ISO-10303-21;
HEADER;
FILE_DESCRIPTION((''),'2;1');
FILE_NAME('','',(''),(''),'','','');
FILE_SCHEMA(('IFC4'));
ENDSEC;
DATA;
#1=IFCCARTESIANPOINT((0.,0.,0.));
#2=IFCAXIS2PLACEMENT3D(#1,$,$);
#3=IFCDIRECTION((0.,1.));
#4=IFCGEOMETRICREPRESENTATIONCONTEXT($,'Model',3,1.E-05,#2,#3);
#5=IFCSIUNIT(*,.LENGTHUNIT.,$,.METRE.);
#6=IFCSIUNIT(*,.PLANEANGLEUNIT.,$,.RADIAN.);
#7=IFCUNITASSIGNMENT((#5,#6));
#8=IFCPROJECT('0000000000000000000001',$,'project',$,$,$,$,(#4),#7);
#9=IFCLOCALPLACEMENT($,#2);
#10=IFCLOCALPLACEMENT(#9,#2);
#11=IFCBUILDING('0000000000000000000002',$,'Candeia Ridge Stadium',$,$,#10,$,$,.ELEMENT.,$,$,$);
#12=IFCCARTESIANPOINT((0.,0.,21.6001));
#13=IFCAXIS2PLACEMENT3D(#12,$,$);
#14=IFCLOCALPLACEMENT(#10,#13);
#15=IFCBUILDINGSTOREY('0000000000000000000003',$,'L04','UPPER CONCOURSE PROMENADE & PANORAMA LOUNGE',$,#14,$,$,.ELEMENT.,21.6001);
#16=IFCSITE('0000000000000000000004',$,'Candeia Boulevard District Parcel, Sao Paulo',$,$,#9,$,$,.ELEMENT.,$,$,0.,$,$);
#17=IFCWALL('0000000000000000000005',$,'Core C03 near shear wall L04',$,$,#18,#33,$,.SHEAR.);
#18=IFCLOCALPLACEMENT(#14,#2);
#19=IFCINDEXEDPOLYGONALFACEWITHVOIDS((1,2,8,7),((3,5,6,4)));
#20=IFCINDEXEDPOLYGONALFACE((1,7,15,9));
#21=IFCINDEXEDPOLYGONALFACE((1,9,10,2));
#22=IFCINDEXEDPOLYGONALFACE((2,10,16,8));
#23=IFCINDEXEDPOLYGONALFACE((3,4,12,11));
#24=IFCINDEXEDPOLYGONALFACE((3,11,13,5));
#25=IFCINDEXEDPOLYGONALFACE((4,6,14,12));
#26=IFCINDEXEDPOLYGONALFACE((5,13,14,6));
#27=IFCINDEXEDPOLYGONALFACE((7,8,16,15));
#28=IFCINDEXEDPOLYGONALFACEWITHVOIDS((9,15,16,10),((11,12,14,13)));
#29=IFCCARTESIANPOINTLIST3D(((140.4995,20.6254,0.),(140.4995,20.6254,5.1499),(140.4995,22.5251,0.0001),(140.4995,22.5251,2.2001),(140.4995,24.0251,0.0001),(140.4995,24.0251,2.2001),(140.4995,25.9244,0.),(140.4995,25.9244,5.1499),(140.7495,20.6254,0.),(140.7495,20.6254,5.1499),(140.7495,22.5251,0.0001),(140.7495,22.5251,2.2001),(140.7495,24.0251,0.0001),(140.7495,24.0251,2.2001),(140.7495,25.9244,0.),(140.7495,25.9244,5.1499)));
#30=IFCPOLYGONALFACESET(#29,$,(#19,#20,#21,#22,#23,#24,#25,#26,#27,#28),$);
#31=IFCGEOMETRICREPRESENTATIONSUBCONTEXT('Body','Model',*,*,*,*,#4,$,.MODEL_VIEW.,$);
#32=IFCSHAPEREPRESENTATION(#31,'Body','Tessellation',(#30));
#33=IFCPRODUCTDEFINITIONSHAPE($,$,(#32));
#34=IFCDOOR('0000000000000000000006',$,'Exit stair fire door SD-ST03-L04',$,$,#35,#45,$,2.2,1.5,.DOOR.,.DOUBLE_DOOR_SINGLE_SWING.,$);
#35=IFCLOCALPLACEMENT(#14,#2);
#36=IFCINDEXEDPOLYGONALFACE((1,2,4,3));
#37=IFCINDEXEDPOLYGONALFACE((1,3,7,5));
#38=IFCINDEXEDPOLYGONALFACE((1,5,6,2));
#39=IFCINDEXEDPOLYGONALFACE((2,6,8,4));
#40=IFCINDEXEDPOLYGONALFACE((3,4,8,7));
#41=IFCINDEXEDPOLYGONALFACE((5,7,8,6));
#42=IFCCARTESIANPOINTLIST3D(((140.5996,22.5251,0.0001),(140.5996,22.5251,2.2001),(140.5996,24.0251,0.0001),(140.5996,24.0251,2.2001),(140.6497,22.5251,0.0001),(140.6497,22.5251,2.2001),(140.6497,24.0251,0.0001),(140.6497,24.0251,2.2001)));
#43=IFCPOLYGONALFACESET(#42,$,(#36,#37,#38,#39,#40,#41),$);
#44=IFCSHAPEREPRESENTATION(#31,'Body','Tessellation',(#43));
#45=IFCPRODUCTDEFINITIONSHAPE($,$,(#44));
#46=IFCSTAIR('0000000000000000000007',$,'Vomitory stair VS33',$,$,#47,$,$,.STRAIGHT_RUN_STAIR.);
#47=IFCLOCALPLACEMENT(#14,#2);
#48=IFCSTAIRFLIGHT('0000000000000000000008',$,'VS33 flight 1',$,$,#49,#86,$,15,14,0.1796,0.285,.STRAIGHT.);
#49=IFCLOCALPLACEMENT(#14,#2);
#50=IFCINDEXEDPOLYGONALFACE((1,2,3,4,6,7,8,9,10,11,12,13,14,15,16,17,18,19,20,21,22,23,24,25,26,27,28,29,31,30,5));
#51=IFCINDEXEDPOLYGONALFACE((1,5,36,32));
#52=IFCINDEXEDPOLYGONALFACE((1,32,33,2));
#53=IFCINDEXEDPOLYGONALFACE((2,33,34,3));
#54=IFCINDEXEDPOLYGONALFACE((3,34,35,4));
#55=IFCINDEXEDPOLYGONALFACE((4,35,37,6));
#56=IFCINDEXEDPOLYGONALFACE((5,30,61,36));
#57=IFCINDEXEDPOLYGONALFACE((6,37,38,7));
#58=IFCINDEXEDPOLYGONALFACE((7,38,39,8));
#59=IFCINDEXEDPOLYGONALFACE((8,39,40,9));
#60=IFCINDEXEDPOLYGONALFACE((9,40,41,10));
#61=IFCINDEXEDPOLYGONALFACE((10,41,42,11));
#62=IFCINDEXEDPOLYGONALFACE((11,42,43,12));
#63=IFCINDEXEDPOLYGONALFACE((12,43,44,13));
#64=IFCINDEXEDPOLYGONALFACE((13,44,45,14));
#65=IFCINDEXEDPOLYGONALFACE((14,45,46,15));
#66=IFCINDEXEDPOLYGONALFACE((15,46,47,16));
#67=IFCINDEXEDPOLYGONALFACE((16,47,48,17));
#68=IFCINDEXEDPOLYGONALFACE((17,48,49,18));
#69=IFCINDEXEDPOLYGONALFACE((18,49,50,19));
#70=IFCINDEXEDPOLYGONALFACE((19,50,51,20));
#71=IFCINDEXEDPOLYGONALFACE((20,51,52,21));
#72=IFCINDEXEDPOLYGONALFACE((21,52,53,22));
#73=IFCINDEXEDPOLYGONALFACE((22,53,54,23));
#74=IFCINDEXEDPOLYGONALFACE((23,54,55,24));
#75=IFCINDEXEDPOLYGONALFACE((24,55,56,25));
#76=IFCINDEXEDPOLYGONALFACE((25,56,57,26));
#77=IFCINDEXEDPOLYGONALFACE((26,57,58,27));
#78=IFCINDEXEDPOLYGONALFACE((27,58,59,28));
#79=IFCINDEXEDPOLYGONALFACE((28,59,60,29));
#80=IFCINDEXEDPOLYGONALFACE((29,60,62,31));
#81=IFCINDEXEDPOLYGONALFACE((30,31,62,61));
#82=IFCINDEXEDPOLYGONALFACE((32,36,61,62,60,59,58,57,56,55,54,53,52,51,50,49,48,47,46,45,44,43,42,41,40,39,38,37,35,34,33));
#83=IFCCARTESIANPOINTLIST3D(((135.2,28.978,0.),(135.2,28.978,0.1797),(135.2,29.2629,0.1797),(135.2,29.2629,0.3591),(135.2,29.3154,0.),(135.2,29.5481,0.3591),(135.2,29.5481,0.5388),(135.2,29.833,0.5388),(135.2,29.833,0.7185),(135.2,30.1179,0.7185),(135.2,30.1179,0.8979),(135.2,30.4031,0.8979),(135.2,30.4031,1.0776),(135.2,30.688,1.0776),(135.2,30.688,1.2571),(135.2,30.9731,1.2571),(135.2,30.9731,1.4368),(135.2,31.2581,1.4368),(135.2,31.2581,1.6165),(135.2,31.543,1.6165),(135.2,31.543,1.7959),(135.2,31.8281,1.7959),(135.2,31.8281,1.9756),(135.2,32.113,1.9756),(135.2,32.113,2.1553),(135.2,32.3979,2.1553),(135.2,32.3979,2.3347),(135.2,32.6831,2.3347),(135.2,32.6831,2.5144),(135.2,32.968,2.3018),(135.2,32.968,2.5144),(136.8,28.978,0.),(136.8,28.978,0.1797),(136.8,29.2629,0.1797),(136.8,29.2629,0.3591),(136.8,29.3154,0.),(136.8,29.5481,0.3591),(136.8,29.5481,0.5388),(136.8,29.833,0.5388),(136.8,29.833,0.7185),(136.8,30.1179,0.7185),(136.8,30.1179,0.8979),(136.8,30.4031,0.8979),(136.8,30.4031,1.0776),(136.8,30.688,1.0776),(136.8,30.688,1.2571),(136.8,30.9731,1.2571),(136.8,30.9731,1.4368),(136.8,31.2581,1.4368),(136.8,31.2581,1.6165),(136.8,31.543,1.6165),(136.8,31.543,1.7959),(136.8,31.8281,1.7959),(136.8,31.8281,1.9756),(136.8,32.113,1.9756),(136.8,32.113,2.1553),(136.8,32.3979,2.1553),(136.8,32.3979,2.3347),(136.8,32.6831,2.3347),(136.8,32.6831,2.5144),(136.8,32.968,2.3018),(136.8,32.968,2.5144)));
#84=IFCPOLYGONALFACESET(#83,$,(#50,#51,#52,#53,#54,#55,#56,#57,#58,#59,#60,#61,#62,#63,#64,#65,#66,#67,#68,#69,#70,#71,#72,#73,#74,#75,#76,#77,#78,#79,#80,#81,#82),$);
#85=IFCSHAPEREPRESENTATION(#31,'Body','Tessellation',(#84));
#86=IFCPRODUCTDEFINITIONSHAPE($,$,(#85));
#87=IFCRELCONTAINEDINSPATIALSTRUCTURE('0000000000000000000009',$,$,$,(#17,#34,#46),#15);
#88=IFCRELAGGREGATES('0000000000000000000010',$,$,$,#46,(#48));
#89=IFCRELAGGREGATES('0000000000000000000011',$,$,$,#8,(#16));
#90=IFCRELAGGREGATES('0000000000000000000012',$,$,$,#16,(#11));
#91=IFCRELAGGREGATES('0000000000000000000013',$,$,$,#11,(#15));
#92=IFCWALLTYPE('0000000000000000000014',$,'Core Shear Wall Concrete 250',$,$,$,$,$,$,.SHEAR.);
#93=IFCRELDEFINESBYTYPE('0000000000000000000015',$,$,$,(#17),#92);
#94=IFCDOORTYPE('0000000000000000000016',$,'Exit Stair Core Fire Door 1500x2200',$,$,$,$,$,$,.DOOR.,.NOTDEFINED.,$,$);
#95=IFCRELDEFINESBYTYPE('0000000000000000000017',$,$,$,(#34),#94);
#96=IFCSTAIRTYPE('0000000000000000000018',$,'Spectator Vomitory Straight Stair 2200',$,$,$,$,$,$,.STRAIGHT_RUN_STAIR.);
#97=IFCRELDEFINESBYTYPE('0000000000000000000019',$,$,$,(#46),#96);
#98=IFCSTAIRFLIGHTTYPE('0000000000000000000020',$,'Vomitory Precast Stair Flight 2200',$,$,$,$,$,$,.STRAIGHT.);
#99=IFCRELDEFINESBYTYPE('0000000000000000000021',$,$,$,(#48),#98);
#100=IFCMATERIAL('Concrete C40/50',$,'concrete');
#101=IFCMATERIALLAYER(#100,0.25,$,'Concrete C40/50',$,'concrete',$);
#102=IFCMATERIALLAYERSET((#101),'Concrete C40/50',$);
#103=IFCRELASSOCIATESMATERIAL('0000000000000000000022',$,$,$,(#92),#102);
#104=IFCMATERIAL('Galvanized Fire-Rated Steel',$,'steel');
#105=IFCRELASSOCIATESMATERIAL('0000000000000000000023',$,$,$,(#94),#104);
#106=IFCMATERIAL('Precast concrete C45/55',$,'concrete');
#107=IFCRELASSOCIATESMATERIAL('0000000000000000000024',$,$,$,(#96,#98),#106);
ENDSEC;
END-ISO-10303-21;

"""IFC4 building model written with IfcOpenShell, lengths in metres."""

from ifc_helpers import new_model, si_unit, direction, frame, frame_2d, origin, place, context, subcontext, project, spatial, polyline, rectangle, outline, extrude, material, layer, layer_set, type_object, element, fill, aggregate, save


model = new_model("IFC4")

# Units and contexts
model_context = context("Model", 3, precision=1e-05, world=origin(), true_north=direction((0.0, 1.0)))
body_context = subcontext(model_context, "Body", "Model", "MODEL_VIEW")
ifc_project = project(units=[si_unit("LENGTHUNIT", "METRE"), si_unit("PLANEANGLEUNIT", "RADIAN")], contexts=[model_context])

# Site, building, storey
site_placement = place(None, origin())
site = spatial("IfcSite", under=ifc_project, at=site_placement, Name="Candeia Boulevard District Parcel, Sao Paulo", CompositionType="ELEMENT", RefElevation=0.0)
building_placement = place(site_placement, origin())
building = spatial("IfcBuilding", under=site, at=building_placement, Name="Candeia Ridge Stadium", CompositionType="ELEMENT")
storey_placement = place(building_placement, frame((0.0, 0.0, 21.6001)))
storey = spatial("IfcBuildingStorey", under=building, at=storey_placement, Name="L04", Description="UPPER CONCOURSE PROMENADE & PANORAMA LOUNGE", CompositionType="ELEMENT", Elevation=21.6001)

# Shared definitions
ifc_material_1 = material(Name="Concrete C40/50", Category="concrete")

# Shared definitions
ifc_material_2 = material(Name="Precast concrete C45/55", Category="concrete")

# Shared definitions
ifc_layer_1 = layer(ifc_material_1, 0.25, Name="Concrete C40/50", Category="concrete")
ifc_layer_set_1 = layer_set([ifc_layer_1], Name="Concrete C40/50")
wall_type = type_object("IfcWallType", Name="Core Shear Wall Concrete 250", PredefinedType="SHEAR", material=ifc_layer_set_1)

# Wall, opening, door
wall_1_placement = place(storey_placement, frame((140.6245, 20.6255, 0.0), z_axis=(0.0, 0.0, 1.0), x_axis=(0.0, 1.0, 0.0)))
wall_1 = element("IfcWall", 1, at=wall_1_placement, inside=storey, type_object=wall_type, Name="Core C03 near shear wall L04", PredefinedType="SHEAR", context=body_context, shape_type="SweptSolid", body=[
    extrude(rectangle(XDim=5.2991, YDim=0.25, at=frame_2d((2.6494, 0.0))), origin(), (0.0, 0.0, 1.0), 5.1499),
])
opening_placement = place(wall_1_placement, frame((1.8997, 0.0, 0.0)))
opening = element("IfcOpeningElement", 2, at=opening_placement, cuts=wall_1, PredefinedType="OPENING", context=body_context, shape_type="SweptSolid", body=[
    extrude(rectangle(XDim=1.5, YDim=2.2, at=frame_2d((0.75, 1.1001))), frame((0.0, 0.135, 0.0), z_axis=(0.0, -1.0, 0.0), x_axis=(1.0, 0.0, 0.0)), (0.0, 0.0, 1.0), 0.27),
])
ifc_material_3 = material(Name="Galvanized Fire-Rated Steel", Category="steel")
door_type = type_object("IfcDoorType", Name="Exit Stair Core Fire Door 1500x2200", OperationType="NOTDEFINED", PredefinedType="DOOR", material=ifc_material_3)
door_placement = place(opening_placement, origin())
door = element("IfcDoor", 3, at=door_placement, inside=storey, type_object=door_type, Name="Exit stair fire door SD-ST03-L04", OperationType="DOUBLE_DOOR_SINGLE_SWING", OverallHeight=2.2, OverallWidth=1.5, PredefinedType="DOOR", context=body_context, shape_type="SweptSolid", body=[
    extrude(rectangle(XDim=1.5, YDim=2.2, at=frame_2d((0.75, 1.1001))), frame((0.0, 0.0249, 0.0), z_axis=(0.0, -1.0, 0.0), x_axis=(1.0, 0.0, 0.0)), (0.0, 0.0, 1.0), 0.05),
])
fill(opening, door)

# Stair, stair flight
stair_type = type_object("IfcStairType", Name="Spectator Vomitory Straight Stair 2200", PredefinedType="STRAIGHT_RUN_STAIR", material=ifc_material_2)
stair_placement = place(storey_placement, origin())
stair = element("IfcStair", 4, at=stair_placement, inside=storey, type_object=stair_type, Name="Vomitory stair VS33", PredefinedType="STRAIGHT_RUN_STAIR")
stair_flight_type = type_object("IfcStairFlightType", Name="Vomitory Precast Stair Flight 2200", PredefinedType="STRAIGHT", material=ifc_material_2)
stair_flight_placement = place(storey_placement, frame((136.0, 28.978, 0.0), z_axis=(0.0, 0.0, 1.0), x_axis=(0.0, 1.0, 0.0)))
stair_flight = element("IfcStairFlight", 5, at=stair_flight_placement, type_object=stair_flight_type, Name="VS33 flight 1", NumberOfRisers=15, NumberOfTreads=14, PredefinedType="STRAIGHT", RiserHeight=0.1796, TreadLength=0.285, context=body_context, shape_type="SweptSolid", body=[
    extrude(outline(polyline([(0.0, 0.0), (0.0, 0.1797), (0.2849, 0.1797), (0.2849, 0.3591), (0.5701, 0.3591), (0.5701, 0.5388), (0.855, 0.5388), (0.855, 0.7185), (1.1399, 0.7185), (1.1399, 0.8979), (1.425, 0.8979), (1.425, 1.0776), (1.71, 1.0776), (1.71, 1.2571), (1.9951, 1.2571), (1.9951, 1.4368), (2.28, 1.4368), (2.28, 1.6165), (2.5649, 1.6165), (2.5649, 1.7959), (2.8501, 1.7959), (2.8501, 1.9756), (3.135, 1.9756), (3.135, 2.1553), (3.4199, 2.1553), (3.4199, 2.3347), (3.7051, 2.3347), (3.7051, 2.5144), (3.99, 2.5144), (3.99, 2.6941), (3.99, 2.3018), (0.3374, 0.0), (0.0, 0.0)])), frame((0.0, 0.8, 0.0), z_axis=(0.0, -1.0, 0.0), x_axis=(1.0, 0.0, 0.0)), (0.0, 0.0, 1.0), 1.6001),
])
aggregate(stair, [stair_flight])

save(model, "model.ifc")
